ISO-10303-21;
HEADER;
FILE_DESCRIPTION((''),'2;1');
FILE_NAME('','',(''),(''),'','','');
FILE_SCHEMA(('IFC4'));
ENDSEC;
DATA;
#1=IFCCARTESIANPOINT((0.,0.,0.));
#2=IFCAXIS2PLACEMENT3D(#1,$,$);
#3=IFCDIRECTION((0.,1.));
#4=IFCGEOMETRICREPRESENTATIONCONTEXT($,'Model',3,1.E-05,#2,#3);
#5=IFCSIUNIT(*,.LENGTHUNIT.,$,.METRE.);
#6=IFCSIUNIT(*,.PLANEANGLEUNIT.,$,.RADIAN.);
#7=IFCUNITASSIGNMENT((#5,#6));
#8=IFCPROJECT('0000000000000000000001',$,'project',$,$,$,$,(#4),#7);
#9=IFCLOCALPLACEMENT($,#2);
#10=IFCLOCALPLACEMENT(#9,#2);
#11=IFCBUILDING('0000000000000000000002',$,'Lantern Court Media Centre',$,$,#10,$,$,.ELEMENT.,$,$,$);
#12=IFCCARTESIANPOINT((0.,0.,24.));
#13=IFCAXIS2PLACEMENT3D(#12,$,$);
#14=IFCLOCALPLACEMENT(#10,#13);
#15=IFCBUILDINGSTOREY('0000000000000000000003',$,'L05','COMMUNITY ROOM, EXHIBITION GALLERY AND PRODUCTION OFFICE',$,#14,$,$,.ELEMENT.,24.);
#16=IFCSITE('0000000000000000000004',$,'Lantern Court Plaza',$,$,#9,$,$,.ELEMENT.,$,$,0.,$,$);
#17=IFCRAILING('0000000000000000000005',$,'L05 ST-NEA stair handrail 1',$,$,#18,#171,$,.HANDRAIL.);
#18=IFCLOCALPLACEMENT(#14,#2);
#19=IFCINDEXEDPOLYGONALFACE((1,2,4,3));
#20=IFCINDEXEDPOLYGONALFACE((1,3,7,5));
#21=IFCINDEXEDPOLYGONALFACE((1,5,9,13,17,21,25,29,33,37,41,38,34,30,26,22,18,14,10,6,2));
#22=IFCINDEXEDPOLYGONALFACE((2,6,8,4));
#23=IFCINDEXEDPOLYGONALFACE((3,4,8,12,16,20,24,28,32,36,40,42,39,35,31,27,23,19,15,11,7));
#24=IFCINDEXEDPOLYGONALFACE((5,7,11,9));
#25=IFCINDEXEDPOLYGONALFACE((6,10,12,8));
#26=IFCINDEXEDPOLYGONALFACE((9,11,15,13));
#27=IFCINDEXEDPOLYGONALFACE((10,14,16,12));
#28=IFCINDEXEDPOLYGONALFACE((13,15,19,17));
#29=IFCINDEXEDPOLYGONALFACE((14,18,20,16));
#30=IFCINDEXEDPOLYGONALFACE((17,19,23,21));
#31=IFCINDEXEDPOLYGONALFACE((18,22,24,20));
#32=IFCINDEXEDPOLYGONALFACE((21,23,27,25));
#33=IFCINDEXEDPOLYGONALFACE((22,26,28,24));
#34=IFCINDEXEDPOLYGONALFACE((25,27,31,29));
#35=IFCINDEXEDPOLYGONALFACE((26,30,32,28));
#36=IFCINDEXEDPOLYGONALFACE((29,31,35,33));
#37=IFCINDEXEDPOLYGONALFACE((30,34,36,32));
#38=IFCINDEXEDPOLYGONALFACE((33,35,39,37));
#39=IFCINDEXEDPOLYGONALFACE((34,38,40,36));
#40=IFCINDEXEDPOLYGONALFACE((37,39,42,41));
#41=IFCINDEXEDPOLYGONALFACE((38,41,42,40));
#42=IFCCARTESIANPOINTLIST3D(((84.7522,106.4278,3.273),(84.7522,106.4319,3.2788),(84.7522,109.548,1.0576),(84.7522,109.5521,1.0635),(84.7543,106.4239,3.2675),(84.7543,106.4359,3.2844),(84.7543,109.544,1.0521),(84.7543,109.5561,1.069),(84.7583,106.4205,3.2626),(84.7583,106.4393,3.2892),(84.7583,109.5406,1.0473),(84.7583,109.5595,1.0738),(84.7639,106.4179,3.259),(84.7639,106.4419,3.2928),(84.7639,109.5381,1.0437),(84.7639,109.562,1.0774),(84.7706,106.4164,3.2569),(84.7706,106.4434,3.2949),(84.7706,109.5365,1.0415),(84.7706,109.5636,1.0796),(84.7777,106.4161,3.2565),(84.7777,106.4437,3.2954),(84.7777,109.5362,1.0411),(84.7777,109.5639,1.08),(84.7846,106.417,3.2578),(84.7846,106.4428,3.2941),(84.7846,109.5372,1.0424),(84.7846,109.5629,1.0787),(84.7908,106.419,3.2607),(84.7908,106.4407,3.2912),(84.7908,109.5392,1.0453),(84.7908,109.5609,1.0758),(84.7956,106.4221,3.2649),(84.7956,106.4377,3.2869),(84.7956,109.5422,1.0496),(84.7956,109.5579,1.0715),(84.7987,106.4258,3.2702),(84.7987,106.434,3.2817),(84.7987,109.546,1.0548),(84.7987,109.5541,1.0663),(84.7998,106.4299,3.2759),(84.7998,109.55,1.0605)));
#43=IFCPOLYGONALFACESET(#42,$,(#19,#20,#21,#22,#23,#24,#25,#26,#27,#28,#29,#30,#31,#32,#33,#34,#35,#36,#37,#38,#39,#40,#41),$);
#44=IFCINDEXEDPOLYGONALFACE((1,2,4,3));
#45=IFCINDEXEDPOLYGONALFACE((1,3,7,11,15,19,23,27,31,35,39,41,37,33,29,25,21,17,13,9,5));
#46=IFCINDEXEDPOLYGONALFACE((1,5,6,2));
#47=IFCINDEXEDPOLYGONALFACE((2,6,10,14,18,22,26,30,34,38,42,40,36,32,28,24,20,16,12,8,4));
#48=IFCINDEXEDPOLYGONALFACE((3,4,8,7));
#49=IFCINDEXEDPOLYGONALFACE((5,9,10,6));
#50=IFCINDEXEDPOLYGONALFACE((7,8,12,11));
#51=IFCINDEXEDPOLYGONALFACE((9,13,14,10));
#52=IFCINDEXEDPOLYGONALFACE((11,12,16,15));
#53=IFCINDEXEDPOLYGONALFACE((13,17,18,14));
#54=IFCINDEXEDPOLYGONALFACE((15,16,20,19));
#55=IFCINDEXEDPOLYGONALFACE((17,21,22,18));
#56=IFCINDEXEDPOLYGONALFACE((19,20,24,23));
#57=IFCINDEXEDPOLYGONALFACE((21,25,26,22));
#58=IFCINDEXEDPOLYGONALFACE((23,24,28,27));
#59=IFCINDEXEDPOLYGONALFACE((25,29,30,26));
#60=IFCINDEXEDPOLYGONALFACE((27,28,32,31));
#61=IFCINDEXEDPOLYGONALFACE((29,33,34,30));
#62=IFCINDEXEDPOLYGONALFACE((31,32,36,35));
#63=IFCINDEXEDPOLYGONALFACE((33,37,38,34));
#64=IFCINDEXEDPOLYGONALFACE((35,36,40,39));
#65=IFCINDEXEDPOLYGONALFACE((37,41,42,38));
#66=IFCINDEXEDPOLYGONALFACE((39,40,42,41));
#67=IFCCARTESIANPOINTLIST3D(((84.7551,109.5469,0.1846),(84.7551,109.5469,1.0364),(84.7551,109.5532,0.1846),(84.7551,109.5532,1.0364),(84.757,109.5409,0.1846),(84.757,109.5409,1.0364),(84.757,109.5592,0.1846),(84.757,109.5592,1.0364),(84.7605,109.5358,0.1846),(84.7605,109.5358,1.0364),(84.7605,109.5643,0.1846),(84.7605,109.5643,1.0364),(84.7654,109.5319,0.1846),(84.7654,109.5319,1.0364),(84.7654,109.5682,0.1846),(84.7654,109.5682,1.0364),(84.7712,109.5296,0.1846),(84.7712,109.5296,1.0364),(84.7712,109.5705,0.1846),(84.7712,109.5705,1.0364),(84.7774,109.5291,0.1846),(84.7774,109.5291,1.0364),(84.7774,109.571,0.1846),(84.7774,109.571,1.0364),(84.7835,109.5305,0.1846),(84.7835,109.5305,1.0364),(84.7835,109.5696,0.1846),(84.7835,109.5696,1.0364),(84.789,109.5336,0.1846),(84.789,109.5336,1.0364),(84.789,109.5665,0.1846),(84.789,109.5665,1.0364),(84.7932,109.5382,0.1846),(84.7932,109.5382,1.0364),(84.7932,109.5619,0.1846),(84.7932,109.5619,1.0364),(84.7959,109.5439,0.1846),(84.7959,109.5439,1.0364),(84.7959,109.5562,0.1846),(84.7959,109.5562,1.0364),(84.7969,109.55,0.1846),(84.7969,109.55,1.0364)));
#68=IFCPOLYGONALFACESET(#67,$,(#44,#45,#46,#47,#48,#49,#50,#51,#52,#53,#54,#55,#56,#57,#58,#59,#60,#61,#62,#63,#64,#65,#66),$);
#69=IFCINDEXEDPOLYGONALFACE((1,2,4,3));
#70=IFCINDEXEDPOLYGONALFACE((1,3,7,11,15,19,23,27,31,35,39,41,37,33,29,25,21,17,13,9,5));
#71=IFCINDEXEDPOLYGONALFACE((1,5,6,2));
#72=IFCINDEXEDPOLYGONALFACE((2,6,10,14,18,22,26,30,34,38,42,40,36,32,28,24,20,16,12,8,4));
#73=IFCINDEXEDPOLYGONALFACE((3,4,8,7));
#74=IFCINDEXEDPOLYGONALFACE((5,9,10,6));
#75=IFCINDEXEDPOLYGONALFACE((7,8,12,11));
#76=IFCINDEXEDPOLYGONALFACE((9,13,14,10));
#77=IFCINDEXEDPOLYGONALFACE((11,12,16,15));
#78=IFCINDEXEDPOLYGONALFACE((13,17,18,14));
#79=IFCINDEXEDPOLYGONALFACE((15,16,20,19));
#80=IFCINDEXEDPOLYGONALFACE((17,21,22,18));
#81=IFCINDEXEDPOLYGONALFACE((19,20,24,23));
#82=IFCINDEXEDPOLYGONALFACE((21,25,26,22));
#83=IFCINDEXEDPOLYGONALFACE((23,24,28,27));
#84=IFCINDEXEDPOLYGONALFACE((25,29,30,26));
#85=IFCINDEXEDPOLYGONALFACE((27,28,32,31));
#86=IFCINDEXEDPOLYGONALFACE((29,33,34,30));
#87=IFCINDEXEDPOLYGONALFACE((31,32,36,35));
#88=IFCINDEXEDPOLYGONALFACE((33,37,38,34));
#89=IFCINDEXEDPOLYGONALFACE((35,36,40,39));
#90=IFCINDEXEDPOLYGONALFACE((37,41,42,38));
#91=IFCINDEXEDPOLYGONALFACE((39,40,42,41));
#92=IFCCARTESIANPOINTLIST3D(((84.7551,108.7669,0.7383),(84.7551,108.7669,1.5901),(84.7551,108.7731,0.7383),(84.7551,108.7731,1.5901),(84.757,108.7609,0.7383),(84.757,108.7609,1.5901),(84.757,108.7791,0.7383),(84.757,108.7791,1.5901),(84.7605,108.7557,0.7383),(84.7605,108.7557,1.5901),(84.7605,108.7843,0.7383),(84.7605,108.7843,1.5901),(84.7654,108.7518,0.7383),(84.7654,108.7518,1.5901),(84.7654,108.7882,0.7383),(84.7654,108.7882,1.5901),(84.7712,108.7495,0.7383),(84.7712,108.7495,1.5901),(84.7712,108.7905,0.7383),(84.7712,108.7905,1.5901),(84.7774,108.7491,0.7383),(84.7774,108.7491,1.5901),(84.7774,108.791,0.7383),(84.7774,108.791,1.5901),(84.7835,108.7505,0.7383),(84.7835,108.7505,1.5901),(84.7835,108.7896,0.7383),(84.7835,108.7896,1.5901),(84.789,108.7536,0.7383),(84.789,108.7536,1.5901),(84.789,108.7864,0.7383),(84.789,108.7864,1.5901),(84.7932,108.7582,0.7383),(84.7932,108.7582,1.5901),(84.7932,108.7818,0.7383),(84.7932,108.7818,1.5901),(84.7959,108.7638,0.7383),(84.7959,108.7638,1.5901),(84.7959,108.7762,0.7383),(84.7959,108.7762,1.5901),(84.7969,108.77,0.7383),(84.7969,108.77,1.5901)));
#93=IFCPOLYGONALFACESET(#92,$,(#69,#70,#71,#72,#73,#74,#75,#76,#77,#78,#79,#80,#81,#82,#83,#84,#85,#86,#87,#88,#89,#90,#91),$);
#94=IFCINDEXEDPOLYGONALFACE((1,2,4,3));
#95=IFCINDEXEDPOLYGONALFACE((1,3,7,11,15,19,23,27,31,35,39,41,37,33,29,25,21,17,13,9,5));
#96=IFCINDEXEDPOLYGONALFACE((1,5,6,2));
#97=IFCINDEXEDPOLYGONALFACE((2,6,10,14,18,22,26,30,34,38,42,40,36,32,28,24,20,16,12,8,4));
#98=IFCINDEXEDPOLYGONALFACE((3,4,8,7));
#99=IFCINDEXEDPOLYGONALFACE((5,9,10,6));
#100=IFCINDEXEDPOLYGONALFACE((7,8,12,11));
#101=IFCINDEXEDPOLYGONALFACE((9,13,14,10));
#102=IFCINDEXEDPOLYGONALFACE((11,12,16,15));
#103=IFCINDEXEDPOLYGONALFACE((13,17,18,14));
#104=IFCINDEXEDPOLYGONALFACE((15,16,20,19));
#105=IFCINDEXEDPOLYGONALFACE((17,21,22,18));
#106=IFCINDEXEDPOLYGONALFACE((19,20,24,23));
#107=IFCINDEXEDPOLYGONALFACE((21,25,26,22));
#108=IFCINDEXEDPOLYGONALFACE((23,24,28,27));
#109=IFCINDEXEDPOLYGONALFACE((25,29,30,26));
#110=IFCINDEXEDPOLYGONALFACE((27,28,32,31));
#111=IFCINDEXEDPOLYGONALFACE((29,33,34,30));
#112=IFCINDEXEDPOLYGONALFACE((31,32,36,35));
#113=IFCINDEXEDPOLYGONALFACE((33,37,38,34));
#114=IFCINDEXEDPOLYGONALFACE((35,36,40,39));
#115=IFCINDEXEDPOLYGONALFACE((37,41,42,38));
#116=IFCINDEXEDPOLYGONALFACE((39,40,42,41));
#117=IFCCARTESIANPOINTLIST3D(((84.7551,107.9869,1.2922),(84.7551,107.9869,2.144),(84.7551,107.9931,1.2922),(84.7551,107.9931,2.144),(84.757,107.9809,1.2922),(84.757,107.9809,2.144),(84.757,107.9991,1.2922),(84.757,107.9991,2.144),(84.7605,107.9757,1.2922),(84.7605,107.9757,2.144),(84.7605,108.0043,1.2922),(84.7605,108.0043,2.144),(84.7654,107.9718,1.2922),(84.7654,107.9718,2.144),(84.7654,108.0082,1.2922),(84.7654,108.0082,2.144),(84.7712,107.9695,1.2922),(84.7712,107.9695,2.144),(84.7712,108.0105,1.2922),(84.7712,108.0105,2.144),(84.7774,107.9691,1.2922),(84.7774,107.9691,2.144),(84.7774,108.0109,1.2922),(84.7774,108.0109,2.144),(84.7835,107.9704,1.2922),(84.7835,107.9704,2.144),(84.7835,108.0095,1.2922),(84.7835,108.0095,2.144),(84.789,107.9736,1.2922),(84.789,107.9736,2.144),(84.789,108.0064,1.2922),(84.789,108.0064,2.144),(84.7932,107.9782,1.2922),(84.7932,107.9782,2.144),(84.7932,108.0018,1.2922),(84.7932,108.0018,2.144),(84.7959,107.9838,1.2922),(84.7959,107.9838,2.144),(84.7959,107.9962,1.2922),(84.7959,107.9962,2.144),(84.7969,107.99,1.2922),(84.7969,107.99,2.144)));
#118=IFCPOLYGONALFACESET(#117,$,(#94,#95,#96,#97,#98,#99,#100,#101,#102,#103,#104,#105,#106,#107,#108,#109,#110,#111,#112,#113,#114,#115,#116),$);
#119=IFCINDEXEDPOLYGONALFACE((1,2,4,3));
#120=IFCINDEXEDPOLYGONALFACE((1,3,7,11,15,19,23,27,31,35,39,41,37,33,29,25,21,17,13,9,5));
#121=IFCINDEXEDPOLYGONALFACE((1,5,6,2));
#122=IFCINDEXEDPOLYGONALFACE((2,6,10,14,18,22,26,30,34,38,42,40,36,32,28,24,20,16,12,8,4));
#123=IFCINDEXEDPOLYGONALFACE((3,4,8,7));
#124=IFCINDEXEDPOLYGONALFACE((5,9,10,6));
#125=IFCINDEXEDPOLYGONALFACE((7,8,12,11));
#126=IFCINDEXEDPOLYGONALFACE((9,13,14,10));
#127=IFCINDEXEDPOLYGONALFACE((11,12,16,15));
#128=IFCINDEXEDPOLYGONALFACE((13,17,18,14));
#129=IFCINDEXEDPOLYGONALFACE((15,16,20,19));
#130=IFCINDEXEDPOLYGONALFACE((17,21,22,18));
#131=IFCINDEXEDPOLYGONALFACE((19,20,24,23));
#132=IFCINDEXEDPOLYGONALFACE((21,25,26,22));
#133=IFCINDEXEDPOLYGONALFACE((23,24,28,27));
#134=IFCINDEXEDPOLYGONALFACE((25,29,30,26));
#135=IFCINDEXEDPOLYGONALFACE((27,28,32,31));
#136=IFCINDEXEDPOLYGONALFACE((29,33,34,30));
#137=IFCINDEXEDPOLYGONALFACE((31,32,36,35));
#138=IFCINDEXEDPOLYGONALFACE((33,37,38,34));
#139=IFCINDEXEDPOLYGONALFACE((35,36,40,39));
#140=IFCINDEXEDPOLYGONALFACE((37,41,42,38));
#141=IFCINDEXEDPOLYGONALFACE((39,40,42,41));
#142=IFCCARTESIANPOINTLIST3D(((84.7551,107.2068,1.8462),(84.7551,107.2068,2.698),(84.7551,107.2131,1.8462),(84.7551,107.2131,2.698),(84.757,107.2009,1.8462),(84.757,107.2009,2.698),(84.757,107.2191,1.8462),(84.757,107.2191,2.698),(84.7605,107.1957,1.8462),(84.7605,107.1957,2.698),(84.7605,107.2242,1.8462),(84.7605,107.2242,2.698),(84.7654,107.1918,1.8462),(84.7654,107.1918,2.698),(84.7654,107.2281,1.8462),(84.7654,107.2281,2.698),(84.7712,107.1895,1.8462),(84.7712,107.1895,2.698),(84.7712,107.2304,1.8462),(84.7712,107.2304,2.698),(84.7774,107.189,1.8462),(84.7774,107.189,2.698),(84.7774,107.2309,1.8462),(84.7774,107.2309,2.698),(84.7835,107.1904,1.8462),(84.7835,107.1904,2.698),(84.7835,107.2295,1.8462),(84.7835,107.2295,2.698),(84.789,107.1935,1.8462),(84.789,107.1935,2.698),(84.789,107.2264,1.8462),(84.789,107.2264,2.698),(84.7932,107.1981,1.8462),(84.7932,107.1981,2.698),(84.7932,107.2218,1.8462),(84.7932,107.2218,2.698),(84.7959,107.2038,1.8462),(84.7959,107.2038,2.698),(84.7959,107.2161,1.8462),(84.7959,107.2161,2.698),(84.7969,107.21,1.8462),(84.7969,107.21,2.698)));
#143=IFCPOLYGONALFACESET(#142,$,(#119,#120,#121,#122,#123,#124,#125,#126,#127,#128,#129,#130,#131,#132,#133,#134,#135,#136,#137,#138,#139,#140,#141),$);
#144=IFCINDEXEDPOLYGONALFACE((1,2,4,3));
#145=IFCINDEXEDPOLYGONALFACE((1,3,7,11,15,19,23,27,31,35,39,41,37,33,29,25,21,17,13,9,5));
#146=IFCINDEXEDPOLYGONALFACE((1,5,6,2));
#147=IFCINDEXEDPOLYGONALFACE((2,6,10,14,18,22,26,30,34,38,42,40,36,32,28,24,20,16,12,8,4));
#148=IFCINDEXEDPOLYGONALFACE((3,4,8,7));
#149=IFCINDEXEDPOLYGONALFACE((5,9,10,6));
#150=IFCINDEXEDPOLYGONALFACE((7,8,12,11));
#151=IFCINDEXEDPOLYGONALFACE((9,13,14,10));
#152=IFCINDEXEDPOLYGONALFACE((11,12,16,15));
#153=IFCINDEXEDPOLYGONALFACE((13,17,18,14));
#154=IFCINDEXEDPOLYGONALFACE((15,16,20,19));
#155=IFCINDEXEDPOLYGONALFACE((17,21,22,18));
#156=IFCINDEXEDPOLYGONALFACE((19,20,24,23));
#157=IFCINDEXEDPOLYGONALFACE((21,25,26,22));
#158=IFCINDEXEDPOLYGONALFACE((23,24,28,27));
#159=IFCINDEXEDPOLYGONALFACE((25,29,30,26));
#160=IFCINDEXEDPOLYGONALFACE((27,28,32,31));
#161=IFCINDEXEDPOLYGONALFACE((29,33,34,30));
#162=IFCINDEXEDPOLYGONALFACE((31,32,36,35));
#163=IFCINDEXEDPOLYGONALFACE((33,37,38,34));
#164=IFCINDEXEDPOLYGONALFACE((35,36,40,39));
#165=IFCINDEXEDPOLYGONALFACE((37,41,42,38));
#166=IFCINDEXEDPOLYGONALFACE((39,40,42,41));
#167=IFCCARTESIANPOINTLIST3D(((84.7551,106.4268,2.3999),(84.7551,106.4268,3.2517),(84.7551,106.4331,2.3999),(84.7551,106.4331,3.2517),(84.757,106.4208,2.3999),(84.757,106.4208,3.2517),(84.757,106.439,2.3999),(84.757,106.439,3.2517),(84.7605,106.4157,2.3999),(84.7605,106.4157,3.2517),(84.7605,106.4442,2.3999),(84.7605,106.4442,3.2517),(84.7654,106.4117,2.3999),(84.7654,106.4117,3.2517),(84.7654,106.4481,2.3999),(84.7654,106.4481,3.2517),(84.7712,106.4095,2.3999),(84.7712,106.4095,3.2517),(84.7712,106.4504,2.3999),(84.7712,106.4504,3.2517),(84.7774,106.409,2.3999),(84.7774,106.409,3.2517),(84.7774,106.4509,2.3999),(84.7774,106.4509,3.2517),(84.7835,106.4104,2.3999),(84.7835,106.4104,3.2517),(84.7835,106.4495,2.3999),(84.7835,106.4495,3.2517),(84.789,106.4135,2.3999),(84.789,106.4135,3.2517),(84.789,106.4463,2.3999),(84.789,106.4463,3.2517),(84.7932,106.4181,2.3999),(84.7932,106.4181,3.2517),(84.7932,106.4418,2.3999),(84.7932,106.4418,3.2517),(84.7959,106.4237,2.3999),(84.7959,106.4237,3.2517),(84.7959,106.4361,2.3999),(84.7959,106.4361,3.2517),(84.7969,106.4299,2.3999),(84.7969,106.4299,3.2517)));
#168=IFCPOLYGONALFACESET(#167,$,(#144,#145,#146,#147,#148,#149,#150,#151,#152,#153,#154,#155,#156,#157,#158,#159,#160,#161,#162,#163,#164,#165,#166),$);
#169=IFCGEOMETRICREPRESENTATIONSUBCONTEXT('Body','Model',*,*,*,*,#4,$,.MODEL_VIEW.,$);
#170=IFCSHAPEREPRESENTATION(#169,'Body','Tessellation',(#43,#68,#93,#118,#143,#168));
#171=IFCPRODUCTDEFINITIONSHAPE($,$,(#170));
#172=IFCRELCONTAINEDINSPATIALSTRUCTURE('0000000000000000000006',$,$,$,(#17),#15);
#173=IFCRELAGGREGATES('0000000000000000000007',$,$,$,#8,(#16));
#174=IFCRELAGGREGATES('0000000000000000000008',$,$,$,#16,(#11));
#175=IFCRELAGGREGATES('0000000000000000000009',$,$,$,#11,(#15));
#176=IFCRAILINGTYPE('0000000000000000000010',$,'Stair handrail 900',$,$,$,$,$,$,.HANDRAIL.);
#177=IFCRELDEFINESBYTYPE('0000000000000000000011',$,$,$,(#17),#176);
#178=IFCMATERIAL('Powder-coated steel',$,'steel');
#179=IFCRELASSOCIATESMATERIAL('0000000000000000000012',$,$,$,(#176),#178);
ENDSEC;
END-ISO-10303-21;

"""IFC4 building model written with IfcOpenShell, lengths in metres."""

from ifc_helpers import new_model, si_unit, direction, frame, origin, origin_2d, place, context, subcontext, project, spatial, circle, extrude, material, type_object, element, save


model = new_model("IFC4")

# Units and contexts
model_context = context("Model", 3, precision=1e-05, world=origin(), true_north=direction((0.0, 1.0)))
body_context = subcontext(model_context, "Body", "Model", "MODEL_VIEW")
ifc_project = project(units=[si_unit("LENGTHUNIT", "METRE"), si_unit("PLANEANGLEUNIT", "RADIAN")], contexts=[model_context])

# Site, building, storey
site_placement = place(None, origin())
site = spatial("IfcSite", under=ifc_project, at=site_placement, Name="Lantern Court Plaza", CompositionType="ELEMENT", RefElevation=0.0)
building_placement = place(site_placement, origin())
building = spatial("IfcBuilding", under=site, at=building_placement, Name="Lantern Court Media Centre", CompositionType="ELEMENT")
storey_placement = place(building_placement, frame((0.0, 0.0, 24.0)))
storey = spatial("IfcBuildingStorey", under=building, at=storey_placement, Name="L05", Description="COMMUNITY ROOM, EXHIBITION GALLERY AND PRODUCTION OFFICE", CompositionType="ELEMENT", Elevation=24.0)

# Shared definitions
ifc_material_1 = material(Name="Powder-coated steel", Category="steel")

# Railing
railing_type_1 = type_object("IfcRailingType", Name="Stair handrail 900", PredefinedType="HANDRAIL", material=ifc_material_1)
railing_1_placement = place(storey_placement, frame((84.7759, 109.55, 0.1846)))
element("IfcRailing", 1, at=railing_1_placement, inside=storey, type_object=railing_type_1, Name="L05 ST-NEA stair handrail 1", PredefinedType="HANDRAIL", context=body_context, shape_type="SweptSolid", body=[
    extrude(circle(Radius=0.0239, at=origin_2d()), frame((0.0, 0.0, 0.876), z_axis=(0.0, -0.815377, 0.57893), x_axis=(1.0, 0.0, 0.0)), (0.0, 0.0, 1.0), 3.8267),
    extrude(circle(Radius=0.021, at=origin_2d()), origin(), (0.0, 0.0, 1.0), 0.8518),
    extrude(circle(Radius=0.021, at=origin_2d()), frame((0.0, -0.78, 0.5537)), (0.0, 0.0, 1.0), 0.8518),
    extrude(circle(Radius=0.021, at=origin_2d()), frame((0.0, -1.5601, 1.1077)), (0.0, 0.0, 1.0), 0.8518),
    extrude(circle(Radius=0.021, at=origin_2d()), frame((0.0, -2.3401, 1.6616)), (0.0, 0.0, 1.0), 0.8518),
    extrude(circle(Radius=0.021, at=origin_2d()), frame((0.0, -3.1201, 2.2153)), (0.0, 0.0, 1.0), 0.8518),
])

save(model, "model.ifc")
